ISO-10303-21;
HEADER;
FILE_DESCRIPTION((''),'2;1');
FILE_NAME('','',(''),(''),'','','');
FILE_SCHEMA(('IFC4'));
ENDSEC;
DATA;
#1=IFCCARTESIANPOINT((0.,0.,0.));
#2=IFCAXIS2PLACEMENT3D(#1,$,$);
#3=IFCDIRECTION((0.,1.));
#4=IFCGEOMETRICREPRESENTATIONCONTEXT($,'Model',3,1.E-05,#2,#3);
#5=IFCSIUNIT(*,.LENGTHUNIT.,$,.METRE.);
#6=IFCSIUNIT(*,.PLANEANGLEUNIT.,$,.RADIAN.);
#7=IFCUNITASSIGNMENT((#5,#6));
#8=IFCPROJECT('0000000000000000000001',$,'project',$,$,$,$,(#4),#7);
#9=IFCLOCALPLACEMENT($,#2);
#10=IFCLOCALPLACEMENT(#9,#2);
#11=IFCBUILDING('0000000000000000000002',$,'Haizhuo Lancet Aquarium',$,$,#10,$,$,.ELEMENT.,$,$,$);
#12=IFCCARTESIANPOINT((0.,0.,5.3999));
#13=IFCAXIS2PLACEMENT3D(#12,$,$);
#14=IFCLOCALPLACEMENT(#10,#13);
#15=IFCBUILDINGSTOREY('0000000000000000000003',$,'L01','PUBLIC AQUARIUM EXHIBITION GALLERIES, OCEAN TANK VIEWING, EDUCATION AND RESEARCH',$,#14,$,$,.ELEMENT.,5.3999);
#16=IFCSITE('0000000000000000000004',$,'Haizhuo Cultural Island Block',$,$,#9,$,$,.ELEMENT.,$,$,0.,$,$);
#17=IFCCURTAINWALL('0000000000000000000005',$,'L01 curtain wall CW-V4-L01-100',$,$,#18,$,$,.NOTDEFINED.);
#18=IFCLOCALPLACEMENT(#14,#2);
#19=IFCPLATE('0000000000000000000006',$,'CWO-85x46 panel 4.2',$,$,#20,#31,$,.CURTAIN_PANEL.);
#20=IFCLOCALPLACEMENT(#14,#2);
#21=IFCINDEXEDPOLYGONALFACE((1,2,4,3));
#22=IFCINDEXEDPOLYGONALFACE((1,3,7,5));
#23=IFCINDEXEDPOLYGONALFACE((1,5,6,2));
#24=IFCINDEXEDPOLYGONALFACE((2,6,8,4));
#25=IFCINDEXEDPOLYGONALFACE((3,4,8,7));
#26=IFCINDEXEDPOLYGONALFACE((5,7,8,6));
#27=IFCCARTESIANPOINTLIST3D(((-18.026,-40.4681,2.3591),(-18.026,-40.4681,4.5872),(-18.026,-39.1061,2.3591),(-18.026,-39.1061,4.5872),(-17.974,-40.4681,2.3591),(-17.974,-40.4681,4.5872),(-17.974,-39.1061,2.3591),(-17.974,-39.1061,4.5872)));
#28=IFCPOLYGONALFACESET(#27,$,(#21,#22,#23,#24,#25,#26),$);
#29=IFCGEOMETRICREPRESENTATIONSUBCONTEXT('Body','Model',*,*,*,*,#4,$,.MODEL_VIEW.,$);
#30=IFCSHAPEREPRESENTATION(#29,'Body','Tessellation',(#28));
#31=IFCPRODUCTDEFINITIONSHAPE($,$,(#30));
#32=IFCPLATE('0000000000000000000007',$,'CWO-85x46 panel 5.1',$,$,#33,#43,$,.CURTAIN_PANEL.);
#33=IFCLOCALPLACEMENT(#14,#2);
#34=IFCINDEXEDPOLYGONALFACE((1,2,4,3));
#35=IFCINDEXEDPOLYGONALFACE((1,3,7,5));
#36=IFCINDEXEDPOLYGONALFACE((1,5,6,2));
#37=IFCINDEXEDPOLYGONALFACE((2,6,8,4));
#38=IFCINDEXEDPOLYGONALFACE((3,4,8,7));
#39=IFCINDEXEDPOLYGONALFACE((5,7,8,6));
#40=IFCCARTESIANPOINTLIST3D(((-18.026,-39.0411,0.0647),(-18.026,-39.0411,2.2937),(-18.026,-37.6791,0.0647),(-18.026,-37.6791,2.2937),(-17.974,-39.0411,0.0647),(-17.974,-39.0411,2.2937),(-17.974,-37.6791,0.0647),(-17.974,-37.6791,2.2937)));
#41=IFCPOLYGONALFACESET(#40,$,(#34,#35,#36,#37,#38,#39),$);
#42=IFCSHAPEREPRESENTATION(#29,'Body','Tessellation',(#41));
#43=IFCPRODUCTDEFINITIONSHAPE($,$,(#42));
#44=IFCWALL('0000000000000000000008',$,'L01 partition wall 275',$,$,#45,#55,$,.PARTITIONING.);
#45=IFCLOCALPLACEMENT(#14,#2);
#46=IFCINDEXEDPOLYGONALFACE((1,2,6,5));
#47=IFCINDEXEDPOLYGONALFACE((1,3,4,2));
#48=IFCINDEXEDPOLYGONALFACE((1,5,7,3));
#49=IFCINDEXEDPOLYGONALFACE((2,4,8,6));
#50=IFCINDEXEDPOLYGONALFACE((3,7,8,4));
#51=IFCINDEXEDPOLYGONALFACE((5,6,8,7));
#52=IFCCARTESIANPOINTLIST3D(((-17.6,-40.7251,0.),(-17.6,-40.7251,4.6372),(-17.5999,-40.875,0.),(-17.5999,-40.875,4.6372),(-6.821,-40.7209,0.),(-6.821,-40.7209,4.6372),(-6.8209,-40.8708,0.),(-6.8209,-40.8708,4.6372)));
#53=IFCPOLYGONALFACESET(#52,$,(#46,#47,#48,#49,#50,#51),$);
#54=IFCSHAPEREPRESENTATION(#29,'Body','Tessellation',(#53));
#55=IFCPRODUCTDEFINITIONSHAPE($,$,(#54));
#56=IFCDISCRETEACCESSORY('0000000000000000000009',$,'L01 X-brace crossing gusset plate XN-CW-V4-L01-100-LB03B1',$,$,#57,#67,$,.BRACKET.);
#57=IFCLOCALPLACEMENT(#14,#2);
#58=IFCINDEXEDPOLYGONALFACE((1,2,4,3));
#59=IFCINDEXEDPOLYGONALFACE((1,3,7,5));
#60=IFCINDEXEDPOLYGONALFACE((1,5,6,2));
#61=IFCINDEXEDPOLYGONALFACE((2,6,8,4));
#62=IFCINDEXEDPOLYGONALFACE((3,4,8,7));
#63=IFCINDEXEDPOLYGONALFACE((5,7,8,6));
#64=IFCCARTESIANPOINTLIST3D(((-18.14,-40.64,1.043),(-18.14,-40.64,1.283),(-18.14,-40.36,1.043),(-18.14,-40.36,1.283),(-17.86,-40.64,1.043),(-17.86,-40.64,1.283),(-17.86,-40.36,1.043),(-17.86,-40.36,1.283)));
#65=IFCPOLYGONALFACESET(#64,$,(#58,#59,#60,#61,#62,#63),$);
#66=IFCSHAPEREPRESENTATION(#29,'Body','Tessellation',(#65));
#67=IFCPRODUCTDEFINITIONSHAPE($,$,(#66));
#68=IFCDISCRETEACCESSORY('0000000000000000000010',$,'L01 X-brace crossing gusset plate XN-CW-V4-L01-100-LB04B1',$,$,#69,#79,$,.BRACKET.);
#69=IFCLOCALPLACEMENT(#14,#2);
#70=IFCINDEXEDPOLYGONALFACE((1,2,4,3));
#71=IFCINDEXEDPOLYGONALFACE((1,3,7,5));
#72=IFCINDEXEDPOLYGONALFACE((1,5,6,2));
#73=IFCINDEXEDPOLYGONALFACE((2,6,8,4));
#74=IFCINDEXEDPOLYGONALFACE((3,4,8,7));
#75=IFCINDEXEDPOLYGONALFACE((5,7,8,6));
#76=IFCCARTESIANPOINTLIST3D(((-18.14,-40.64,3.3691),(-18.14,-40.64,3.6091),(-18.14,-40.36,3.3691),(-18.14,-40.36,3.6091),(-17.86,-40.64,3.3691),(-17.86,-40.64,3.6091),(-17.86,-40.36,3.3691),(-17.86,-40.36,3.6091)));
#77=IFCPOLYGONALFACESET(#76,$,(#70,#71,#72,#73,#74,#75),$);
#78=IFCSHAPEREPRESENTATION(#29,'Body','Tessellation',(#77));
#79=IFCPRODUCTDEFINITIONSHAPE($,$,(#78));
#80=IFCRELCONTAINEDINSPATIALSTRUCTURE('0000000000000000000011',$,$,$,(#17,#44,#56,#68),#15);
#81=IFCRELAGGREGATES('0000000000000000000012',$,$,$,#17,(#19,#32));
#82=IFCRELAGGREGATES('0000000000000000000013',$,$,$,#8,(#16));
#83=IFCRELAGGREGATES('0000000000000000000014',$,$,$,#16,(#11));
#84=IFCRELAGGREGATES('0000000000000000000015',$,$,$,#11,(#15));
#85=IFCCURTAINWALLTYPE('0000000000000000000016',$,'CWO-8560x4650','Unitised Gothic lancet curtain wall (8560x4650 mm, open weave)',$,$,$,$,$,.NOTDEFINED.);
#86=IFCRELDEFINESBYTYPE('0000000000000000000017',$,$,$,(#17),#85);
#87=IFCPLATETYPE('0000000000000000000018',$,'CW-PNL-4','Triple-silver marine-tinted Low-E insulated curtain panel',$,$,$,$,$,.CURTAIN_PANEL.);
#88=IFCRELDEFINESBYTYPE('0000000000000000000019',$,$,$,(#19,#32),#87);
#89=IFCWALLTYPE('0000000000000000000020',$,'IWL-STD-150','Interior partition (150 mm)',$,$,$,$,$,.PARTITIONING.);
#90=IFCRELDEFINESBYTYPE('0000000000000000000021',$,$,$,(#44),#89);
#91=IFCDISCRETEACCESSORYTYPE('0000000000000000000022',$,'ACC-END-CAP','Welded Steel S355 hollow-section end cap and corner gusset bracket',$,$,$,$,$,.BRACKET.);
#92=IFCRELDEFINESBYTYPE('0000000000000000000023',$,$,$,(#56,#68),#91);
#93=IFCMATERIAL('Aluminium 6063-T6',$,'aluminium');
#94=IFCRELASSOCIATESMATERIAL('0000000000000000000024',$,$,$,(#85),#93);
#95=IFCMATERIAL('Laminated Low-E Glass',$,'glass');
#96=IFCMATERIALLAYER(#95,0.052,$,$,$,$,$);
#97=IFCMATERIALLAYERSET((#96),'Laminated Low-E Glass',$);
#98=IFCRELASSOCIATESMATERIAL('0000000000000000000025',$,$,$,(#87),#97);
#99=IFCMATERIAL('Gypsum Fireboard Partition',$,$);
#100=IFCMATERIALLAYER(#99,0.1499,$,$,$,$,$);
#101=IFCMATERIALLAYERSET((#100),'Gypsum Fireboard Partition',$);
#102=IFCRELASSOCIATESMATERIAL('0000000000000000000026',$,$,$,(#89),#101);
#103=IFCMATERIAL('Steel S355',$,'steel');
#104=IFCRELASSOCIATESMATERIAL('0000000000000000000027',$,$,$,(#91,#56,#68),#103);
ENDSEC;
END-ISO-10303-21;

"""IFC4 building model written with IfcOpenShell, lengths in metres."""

from ifc_helpers import new_model, si_unit, direction, frame, frame_2d, origin, origin_2d, place, context, subcontext, project, spatial, rectangle, extrude, material, layer, layer_set, type_object, element, aggregate, save


model = new_model("IFC4")

# Units and contexts
model_context = context("Model", 3, precision=1e-05, world=origin(), true_north=direction((0.0, 1.0)))
body_context = subcontext(model_context, "Body", "Model", "MODEL_VIEW")
ifc_project = project(units=[si_unit("LENGTHUNIT", "METRE"), si_unit("PLANEANGLEUNIT", "RADIAN")], contexts=[model_context])

# Site, building, storey
site_placement = place(None, origin())
site = spatial("IfcSite", under=ifc_project, at=site_placement, Name="Haizhuo Cultural Island Block", CompositionType="ELEMENT", RefElevation=0.0)
building_placement = place(site_placement, origin())
building = spatial("IfcBuilding", under=site, at=building_placement, Name="Haizhuo Lancet Aquarium", CompositionType="ELEMENT")
storey_placement = place(building_placement, frame((0.0, 0.0, 5.3999)))
storey = spatial("IfcBuildingStorey", under=building, at=storey_placement, Name="L01", Description="PUBLIC AQUARIUM EXHIBITION GALLERIES, OCEAN TANK VIEWING, EDUCATION AND RESEARCH", CompositionType="ELEMENT", Elevation=5.3999)

# Curtain wall
ifc_material_1 = material(Name="Aluminium 6063-T6", Category="aluminium")
curtain_wall_type = type_object("IfcCurtainWallType", Name="CWO-8560x4650", Description="Unitised Gothic lancet curtain wall (8560x4650 mm, open weave)", PredefinedType="NOTDEFINED", material=ifc_material_1)
curtain_wall_placement = place(storey_placement, origin())
curtain_wall = element("IfcCurtainWall", 1, at=curtain_wall_placement, inside=storey, type_object=curtain_wall_type, Name="L01 curtain wall CW-V4-L01-100", PredefinedType="NOTDEFINED")

# Shared definitions
ifc_material_2 = material(Name="Steel S355", Category="steel")

# Plates
ifc_material_3 = material(Name="Laminated Low-E Glass", Category="glass")
ifc_layer_1 = layer(ifc_material_3, 0.052)
ifc_layer_set_1 = layer_set([ifc_layer_1], Name="Laminated Low-E Glass")
plate_type = type_object("IfcPlateType", Name="CW-PNL-4", Description="Triple-silver marine-tinted Low-E insulated curtain panel", PredefinedType="CURTAIN_PANEL", material=ifc_layer_set_1)
plate_1_placement = place(storey_placement, frame((-18.0, -39.7871, 2.3591), z_axis=(0.0, 0.0, 1.0), x_axis=(0.0, 1.0, 0.0)))
plate_1 = element("IfcPlate", 2, at=plate_1_placement, type_object=plate_type, Name="CWO-85x46 panel 4.2", PredefinedType="CURTAIN_PANEL", context=body_context, shape_type="SweptSolid", body=[
    extrude(rectangle(XDim=1.3621, YDim=0.052, at=origin_2d()), origin(), (0.0, 0.0, 1.0), 2.228),
])
plate_2_placement = place(storey_placement, frame((-18.0, -38.3601, 0.0647), z_axis=(0.0, 0.0, 1.0), x_axis=(0.0, 1.0, 0.0)))
plate_2 = element("IfcPlate", 3, at=plate_2_placement, type_object=plate_type, Name="CWO-85x46 panel 5.1", PredefinedType="CURTAIN_PANEL", context=body_context, shape_type="SweptSolid", body=[
    extrude(rectangle(XDim=1.3621, YDim=0.052, at=origin_2d()), origin(), (0.0, 0.0, 1.0), 2.229),
])
aggregate(curtain_wall, [plate_1, plate_2])

# Wall
ifc_material_4 = material(Name="Gypsum Fireboard Partition")
ifc_layer_2 = layer(ifc_material_4, 0.1499)
ifc_layer_set_2 = layer_set([ifc_layer_2], Name="Gypsum Fireboard Partition")
wall_type = type_object("IfcWallType", Name="IWL-STD-150", Description="Interior partition (150 mm)", PredefinedType="PARTITIONING", material=ifc_layer_set_2)
wall_placement = place(storey_placement, frame((-17.6001, -40.8, 0.0), z_axis=(0.0, 0.0, 1.0), x_axis=(1.0, 0.000385, 0.0)))
element("IfcWall", 4, at=wall_placement, inside=storey, type_object=wall_type, Name="L01 partition wall 275", PredefinedType="PARTITIONING", context=body_context, shape_type="SweptSolid", body=[
    extrude(rectangle(XDim=10.7791, YDim=0.1499, at=frame_2d((5.3896, 0.0))), origin(), (0.0, 0.0, 1.0), 4.6372),
])

# Discrete accessories
discrete_accessory_type = type_object("IfcDiscreteAccessoryType", Name="ACC-END-CAP", Description="Welded Steel S355 hollow-section end cap and corner gusset bracket", PredefinedType="BRACKET", material=ifc_material_2)
for number, where, z_axis, x_axis, name in (
    (5, (-18.0, -40.5, 1.043), (0.0, 0.0, 1.0), (1.0, 0.0, 0.0), "L01 X-brace crossing gusset plate XN-CW-V4-L01-100-LB03B1"),
    (6, (-18.0, -40.5, 3.3691), (0.0, 0.0, 1.0), (1.0, 0.0, 0.0), "L01 X-brace crossing gusset plate XN-CW-V4-L01-100-LB04B1"),
):
    element("IfcDiscreteAccessory", number, at=place(storey_placement, frame(where, z_axis=z_axis, x_axis=x_axis)), inside=storey, type_object=discrete_accessory_type, material=ifc_material_2, Name=name, PredefinedType="BRACKET", context=body_context, shape_type="SweptSolid", body=[
        extrude(rectangle(XDim=0.28, YDim=0.28, at=origin_2d()), origin(), (0.0, 0.0, 1.0), 0.24),
    ])

save(model, "model.ifc")
